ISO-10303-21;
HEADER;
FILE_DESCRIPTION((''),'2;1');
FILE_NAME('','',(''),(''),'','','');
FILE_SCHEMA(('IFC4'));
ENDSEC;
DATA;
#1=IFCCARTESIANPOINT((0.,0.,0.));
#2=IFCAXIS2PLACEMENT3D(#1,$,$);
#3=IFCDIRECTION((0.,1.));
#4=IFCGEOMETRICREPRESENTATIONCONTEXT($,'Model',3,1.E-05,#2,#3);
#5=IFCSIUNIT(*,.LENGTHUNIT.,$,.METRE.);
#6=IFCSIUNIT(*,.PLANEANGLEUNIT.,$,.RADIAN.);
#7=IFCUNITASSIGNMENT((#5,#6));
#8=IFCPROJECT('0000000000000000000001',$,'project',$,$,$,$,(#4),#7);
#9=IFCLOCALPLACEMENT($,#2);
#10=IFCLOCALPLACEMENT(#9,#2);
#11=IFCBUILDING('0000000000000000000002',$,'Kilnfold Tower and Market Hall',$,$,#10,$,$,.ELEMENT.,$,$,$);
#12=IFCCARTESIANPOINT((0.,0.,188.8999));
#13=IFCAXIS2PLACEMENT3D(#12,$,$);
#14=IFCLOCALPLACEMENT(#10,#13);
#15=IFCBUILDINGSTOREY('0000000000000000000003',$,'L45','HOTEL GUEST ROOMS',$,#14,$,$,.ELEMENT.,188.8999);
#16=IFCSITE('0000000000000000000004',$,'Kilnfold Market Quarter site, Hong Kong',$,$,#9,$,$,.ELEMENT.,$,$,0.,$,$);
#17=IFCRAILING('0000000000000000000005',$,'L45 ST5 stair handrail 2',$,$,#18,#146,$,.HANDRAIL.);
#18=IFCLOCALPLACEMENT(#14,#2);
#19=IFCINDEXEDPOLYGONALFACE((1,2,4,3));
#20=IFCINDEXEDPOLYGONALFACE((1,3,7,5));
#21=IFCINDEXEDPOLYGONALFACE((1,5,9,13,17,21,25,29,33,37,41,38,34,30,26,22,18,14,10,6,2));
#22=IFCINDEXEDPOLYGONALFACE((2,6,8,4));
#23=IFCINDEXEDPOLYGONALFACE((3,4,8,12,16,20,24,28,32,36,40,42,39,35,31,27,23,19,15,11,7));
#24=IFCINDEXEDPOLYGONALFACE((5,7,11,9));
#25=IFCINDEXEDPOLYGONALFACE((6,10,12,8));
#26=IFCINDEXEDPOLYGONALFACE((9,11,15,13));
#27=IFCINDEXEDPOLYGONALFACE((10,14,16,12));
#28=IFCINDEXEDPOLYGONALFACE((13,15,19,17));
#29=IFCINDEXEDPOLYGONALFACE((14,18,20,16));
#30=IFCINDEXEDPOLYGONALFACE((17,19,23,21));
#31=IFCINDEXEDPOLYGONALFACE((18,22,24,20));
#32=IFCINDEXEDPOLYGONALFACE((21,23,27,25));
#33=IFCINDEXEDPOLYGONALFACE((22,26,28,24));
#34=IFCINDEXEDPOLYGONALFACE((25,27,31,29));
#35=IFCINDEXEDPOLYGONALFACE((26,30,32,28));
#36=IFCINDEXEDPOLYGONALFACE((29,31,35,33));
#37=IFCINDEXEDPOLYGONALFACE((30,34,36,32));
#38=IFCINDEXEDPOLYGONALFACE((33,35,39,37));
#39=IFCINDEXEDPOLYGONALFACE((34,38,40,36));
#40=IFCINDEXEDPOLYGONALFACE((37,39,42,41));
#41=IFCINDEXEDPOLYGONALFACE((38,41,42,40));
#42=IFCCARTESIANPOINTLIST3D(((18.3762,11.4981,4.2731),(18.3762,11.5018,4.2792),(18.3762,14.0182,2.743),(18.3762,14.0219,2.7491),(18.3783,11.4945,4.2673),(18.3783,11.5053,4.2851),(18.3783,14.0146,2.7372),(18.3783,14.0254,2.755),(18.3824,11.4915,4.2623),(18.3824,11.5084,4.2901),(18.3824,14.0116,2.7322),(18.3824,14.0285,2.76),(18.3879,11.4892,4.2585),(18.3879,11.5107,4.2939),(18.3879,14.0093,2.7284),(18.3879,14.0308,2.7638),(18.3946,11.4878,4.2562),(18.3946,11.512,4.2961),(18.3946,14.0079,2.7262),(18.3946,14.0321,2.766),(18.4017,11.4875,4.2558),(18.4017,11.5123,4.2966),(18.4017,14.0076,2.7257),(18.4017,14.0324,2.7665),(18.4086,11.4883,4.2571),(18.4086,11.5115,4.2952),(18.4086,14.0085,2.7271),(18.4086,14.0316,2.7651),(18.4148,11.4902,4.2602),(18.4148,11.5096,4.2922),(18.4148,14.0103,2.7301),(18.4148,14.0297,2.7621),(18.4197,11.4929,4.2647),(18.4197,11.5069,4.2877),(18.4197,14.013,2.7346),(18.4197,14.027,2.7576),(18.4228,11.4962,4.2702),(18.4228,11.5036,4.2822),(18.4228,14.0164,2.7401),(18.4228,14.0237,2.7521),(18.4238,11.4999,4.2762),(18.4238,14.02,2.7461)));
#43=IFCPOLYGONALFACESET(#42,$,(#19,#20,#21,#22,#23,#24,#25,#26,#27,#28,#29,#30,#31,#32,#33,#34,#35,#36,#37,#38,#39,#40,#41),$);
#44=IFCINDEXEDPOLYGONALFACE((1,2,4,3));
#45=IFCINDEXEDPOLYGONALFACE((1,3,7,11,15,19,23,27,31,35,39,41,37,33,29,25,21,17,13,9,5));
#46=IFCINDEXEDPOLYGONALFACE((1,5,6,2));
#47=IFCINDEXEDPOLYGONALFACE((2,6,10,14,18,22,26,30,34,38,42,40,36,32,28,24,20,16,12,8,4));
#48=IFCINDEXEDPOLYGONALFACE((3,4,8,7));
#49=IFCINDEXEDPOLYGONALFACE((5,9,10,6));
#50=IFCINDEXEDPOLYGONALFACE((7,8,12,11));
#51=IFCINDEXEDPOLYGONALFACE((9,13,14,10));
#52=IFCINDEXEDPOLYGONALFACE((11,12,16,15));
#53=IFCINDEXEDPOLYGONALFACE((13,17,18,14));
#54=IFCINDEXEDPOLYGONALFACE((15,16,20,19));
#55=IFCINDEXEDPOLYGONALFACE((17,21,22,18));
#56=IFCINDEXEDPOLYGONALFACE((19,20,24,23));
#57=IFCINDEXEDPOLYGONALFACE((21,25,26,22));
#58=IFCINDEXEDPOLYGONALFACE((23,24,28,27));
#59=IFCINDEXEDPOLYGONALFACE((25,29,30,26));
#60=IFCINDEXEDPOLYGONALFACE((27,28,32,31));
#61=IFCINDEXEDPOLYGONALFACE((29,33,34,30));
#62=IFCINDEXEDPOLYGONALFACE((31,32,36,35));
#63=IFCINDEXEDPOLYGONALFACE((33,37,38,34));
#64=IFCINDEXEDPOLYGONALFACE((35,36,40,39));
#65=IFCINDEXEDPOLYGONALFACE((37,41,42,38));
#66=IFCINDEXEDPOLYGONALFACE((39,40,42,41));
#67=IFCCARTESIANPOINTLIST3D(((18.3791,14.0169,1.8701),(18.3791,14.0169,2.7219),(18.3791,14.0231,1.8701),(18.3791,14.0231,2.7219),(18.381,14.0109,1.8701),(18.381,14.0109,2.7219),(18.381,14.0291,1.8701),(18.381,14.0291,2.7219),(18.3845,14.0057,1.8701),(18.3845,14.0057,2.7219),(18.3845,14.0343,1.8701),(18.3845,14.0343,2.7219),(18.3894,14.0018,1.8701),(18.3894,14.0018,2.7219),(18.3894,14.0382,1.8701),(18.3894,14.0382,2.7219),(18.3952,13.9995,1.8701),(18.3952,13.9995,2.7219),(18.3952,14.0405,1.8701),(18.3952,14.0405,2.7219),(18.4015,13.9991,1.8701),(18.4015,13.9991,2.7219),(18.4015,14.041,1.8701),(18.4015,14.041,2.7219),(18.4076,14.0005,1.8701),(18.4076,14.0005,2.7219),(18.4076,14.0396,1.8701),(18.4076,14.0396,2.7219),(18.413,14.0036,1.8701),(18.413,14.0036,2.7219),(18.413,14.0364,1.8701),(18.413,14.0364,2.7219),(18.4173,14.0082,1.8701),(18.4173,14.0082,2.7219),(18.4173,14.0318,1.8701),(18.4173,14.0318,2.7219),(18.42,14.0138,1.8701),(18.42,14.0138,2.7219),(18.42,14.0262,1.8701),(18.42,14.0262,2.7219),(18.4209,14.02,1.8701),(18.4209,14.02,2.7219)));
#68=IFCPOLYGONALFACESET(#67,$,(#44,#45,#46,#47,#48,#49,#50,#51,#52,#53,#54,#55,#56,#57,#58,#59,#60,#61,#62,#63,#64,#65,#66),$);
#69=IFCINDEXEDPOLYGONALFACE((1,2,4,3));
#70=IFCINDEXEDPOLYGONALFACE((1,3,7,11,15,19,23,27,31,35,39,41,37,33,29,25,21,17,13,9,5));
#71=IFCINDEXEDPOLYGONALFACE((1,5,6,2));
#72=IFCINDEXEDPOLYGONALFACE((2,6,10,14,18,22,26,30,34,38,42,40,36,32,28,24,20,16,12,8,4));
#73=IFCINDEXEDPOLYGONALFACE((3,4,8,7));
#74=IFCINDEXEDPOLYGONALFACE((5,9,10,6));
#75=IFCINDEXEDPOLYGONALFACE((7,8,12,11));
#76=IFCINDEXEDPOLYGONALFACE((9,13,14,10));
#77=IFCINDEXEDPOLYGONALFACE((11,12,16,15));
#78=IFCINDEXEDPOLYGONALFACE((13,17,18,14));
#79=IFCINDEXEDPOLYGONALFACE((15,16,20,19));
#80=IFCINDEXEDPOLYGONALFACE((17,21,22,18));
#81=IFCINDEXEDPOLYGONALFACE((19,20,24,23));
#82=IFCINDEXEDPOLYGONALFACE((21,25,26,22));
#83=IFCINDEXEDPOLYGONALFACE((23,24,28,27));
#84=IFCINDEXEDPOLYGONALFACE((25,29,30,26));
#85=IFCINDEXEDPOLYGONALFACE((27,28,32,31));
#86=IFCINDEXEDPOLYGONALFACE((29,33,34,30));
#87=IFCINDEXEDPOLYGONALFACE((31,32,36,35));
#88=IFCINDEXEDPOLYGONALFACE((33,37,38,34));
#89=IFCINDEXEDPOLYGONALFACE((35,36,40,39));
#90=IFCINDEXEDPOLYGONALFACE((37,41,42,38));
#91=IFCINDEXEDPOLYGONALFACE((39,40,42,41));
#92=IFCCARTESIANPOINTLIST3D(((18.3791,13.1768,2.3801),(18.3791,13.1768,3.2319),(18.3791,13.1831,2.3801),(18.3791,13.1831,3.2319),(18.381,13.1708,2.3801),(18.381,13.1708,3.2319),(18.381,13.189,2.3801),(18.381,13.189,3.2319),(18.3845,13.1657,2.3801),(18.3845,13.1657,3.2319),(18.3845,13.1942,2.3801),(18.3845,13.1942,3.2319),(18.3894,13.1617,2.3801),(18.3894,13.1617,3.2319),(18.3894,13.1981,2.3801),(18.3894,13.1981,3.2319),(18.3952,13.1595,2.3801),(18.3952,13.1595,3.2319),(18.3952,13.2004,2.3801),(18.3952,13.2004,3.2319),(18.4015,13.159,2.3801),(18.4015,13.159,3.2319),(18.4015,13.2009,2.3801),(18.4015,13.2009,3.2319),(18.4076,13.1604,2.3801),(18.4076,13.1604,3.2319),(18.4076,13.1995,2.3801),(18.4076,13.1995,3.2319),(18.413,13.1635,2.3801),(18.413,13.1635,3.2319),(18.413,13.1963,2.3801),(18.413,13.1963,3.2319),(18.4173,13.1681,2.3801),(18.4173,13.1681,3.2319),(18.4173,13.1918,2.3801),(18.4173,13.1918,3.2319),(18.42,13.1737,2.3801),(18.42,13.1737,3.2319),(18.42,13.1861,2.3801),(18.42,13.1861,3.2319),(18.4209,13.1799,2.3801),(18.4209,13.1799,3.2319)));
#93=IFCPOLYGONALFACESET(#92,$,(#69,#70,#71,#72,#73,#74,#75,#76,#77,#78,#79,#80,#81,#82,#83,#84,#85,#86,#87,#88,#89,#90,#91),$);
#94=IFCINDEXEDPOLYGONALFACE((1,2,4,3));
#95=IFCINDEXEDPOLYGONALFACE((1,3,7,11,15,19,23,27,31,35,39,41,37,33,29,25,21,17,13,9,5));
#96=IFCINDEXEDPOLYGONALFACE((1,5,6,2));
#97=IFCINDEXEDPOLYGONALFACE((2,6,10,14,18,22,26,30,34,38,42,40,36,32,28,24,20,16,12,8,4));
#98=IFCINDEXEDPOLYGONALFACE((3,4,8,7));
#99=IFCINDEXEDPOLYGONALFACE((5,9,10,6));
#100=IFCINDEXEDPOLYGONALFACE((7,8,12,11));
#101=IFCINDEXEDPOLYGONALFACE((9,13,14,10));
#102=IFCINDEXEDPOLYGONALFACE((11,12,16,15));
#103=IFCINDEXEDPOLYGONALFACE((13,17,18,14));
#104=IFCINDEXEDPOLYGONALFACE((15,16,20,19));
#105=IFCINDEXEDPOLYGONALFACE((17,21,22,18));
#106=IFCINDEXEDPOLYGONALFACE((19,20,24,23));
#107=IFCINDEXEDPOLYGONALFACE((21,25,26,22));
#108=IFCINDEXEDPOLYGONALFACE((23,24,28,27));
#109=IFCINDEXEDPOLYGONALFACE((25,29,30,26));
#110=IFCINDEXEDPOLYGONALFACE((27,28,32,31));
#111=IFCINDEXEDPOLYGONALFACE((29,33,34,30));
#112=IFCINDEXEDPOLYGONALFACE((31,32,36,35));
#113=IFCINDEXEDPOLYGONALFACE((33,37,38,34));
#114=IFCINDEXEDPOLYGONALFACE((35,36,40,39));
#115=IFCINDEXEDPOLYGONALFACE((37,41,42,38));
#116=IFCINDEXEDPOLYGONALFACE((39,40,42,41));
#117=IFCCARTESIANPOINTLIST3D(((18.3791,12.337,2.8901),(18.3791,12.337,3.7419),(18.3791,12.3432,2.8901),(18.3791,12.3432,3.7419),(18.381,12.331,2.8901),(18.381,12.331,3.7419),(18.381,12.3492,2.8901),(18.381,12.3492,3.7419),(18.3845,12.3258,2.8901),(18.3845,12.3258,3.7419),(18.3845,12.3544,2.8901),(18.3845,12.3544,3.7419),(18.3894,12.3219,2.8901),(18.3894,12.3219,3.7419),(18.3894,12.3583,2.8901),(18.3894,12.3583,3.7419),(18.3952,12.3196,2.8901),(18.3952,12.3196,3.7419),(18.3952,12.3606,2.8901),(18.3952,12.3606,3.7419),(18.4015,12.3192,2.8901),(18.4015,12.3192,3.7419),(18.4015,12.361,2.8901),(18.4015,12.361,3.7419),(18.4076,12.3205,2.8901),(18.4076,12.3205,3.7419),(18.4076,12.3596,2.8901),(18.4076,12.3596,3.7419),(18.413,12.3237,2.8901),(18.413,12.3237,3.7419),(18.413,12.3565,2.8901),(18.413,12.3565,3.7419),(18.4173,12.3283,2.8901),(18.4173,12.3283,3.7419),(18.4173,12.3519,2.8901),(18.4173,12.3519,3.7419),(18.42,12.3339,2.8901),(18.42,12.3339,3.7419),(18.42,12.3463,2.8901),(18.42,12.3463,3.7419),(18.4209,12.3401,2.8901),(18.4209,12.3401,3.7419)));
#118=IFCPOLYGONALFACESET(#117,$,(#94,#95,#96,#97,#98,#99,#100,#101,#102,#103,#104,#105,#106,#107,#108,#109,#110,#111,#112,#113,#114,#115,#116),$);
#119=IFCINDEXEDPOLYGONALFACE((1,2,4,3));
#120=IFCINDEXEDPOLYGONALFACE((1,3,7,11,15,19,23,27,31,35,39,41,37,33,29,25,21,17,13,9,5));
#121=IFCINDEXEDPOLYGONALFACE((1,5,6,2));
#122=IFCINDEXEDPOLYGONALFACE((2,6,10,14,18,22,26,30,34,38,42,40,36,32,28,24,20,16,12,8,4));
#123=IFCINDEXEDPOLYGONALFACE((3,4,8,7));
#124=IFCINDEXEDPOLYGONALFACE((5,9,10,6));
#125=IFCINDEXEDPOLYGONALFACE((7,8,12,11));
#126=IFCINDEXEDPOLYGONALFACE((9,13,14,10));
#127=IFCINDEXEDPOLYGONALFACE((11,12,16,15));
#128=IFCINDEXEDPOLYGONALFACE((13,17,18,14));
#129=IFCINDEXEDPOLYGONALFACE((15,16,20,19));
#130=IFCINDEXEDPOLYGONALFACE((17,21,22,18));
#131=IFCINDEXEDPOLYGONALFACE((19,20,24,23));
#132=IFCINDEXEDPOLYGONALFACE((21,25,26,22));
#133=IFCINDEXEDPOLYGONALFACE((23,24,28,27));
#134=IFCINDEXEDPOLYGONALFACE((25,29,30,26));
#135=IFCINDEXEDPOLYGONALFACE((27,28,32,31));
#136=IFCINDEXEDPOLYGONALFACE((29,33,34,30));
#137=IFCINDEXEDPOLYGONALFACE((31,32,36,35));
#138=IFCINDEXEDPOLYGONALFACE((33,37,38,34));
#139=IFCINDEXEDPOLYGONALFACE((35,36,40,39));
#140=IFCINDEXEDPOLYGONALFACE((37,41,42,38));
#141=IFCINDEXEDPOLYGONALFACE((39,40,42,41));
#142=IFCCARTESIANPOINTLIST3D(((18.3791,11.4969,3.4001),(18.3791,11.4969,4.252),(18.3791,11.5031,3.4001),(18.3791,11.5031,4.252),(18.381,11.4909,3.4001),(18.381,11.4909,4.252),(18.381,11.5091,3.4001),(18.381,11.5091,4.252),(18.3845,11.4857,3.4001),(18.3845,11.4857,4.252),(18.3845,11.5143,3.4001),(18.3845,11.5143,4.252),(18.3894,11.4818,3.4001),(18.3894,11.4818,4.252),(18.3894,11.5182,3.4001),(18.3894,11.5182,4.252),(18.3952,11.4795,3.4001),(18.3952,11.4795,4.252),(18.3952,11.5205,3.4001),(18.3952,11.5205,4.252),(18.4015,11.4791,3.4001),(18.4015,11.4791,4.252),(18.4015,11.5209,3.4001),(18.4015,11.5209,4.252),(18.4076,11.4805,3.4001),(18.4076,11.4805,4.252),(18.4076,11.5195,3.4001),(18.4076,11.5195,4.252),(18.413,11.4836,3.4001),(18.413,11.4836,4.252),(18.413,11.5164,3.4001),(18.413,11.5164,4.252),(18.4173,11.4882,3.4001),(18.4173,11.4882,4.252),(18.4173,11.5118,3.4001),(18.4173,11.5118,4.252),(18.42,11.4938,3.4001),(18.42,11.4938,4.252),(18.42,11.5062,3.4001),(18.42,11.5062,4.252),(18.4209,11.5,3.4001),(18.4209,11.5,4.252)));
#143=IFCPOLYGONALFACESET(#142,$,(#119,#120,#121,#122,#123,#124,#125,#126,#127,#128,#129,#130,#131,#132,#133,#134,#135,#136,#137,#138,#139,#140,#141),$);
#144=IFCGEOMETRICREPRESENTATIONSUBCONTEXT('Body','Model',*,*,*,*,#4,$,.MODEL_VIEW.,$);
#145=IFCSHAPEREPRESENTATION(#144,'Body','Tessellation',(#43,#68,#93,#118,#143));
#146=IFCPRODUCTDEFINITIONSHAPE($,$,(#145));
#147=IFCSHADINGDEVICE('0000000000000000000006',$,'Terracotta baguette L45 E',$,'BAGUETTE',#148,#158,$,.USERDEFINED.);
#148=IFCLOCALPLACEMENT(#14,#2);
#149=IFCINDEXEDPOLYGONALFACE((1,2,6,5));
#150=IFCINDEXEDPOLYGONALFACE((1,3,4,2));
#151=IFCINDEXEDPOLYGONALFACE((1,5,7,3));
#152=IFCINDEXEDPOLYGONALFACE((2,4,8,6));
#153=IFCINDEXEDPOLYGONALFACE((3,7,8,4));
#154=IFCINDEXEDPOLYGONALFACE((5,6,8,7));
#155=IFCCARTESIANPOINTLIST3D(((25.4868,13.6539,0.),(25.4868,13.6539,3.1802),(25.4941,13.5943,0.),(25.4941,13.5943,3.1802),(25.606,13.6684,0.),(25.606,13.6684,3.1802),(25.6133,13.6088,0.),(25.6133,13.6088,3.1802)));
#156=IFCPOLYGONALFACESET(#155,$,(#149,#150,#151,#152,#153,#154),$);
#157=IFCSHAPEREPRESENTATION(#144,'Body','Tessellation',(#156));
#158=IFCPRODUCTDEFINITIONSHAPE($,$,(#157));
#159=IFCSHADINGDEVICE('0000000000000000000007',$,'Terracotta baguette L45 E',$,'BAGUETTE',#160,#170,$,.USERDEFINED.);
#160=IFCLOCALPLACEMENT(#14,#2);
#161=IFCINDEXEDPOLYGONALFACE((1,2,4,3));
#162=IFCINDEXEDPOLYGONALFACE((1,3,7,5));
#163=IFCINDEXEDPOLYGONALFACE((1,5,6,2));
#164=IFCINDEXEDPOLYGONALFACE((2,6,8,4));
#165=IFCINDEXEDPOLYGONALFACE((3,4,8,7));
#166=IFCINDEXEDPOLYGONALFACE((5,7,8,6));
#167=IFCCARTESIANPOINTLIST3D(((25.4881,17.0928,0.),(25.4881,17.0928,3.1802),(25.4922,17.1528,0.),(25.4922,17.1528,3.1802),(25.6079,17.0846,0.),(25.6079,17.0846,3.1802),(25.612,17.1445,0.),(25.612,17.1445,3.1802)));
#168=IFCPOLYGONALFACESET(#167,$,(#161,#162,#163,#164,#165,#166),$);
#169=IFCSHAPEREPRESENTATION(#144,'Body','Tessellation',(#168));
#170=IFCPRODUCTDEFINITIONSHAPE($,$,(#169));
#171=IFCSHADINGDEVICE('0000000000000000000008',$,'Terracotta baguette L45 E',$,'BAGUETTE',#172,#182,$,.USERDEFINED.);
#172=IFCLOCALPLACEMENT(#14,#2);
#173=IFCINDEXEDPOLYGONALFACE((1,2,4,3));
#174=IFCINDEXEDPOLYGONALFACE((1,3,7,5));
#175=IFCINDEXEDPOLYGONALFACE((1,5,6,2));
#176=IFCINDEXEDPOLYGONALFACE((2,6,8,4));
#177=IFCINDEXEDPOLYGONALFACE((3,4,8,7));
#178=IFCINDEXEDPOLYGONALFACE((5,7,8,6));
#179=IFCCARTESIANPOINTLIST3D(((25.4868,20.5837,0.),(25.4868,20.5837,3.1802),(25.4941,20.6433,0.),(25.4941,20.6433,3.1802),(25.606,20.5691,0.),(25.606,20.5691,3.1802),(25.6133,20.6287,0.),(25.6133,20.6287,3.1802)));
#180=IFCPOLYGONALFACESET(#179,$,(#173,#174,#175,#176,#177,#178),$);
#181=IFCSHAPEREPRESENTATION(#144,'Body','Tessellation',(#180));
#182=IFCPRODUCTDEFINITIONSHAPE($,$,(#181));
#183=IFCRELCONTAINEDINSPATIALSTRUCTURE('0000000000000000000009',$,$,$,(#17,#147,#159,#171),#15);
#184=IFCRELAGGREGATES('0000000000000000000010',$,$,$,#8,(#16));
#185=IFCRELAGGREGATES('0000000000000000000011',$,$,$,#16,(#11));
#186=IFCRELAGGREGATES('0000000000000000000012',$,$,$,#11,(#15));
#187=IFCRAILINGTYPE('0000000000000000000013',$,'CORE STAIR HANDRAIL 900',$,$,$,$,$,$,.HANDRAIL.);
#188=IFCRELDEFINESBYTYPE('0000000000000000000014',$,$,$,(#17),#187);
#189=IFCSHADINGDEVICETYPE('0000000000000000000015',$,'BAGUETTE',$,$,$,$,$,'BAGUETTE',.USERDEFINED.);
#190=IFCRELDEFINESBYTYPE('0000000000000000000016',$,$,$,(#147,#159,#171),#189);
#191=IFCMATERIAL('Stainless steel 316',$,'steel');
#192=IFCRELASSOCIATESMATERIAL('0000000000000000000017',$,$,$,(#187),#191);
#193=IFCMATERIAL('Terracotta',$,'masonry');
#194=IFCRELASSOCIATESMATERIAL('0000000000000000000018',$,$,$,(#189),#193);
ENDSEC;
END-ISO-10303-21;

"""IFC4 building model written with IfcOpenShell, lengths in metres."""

from ifc_helpers import new_model, si_unit, direction, frame, origin, origin_2d, place, context, subcontext, project, spatial, rectangle, circle, extrude, source, transform, mapped, material, material_profile, profile_set, type_object, element, save


model = new_model("IFC4")

# Units and contexts
model_context = context("Model", 3, precision=1e-05, world=origin(), true_north=direction((0.0, 1.0)))
body_context = subcontext(model_context, "Body", "Model", "MODEL_VIEW")
ifc_project = project(units=[si_unit("LENGTHUNIT", "METRE"), si_unit("PLANEANGLEUNIT", "RADIAN")], contexts=[model_context])

# Site, building, storey
site_placement = place(None, origin())
site = spatial("IfcSite", under=ifc_project, at=site_placement, Name="Kilnfold Market Quarter site, Hong Kong", CompositionType="ELEMENT", RefElevation=0.0)
building_placement = place(site_placement, origin())
building = spatial("IfcBuilding", under=site, at=building_placement, Name="Kilnfold Tower and Market Hall", CompositionType="ELEMENT")
storey_placement = place(building_placement, frame((0.0, 0.0, 188.8999)))
storey = spatial("IfcBuildingStorey", under=building, at=storey_placement, Name="L45", Description="HOTEL GUEST ROOMS", CompositionType="ELEMENT", Elevation=188.8999)

# Railing
ifc_material_1 = material(Name="Stainless steel 316", Category="steel")
railing_type = type_object("IfcRailingType", Name="CORE STAIR HANDRAIL 900", PredefinedType="HANDRAIL", material=ifc_material_1)
for number, where, name in (
    (1, (18.3999, 14.02, 1.8701), "L45 ST5 stair handrail 2"),
):
    element("IfcRailing", number, at=place(storey_placement, frame(where)), inside=storey, type_object=railing_type, Name=name, PredefinedType="HANDRAIL", context=body_context, shape_type="SweptSolid", body=[
        extrude(circle(Radius=0.0239, at=origin_2d()), frame((0.0, 0.0, 0.876), z_axis=(0.0, -0.854785, 0.518982), x_axis=(1.0, 0.0, 0.0)), (0.0, 0.0, 1.0), 2.9482),
        extrude(circle(Radius=0.021, at=origin_2d()), origin(), (0.0, 0.0, 1.0), 0.8518),
        extrude(circle(Radius=0.021, at=origin_2d()), frame((0.0, -0.8401, 0.51)), (0.0, 0.0, 1.0), 0.8518),
        extrude(circle(Radius=0.021, at=origin_2d()), frame((0.0, -1.6799, 1.02)), (0.0, 0.0, 1.0), 0.8518),
        extrude(circle(Radius=0.021, at=origin_2d()), frame((0.0, -2.52, 1.53)), (0.0, 0.0, 1.0), 0.8518),
    ])

# Shading devices
ifc_material_2 = material(Name="Terracotta", Category="masonry")
ifc_material_profile_1 = material_profile(ifc_material_2, rectangle(XDim=0.0601, YDim=0.1201, at=origin_2d()), Name="BAG 60x120")
ifc_profile_set_1 = profile_set([ifc_material_profile_1], Name="Terracotta")
shading_device_type = type_object("IfcShadingDeviceType", Name="BAGUETTE", ElementType="BAGUETTE", PredefinedType="USERDEFINED", material=ifc_profile_set_1)
shared_shape_1 = source(origin(), body_context, "Body", "SweptSolid", [
    extrude(rectangle(XDim=0.0601, YDim=0.1201, at=origin_2d()), origin(), (0.0, 0.0, 1.0), 3.1802),
])
for number, where, z_axis, x_axis, name in (
    (2, (25.55, 13.6313, 0.0), (0.0, 0.0, 1.0), (-0.120677, 0.992692, 0.0), "Terracotta baguette L45 E"),
    (3, (25.55, 17.1187, 0.0), (0.0, 0.0, 1.0), (0.068989, 0.997617, 0.0), "Terracotta baguette L45 E"),
    (4, (25.55, 20.6062, 0.0), (0.0, 0.0, 1.0), (0.121447, 0.992598, 0.0), "Terracotta baguette L45 E"),
):
    element("IfcShadingDevice", number, at=place(storey_placement, frame(where, z_axis=z_axis, x_axis=x_axis)), inside=storey, type_object=shading_device_type, Name=name, ObjectType="BAGUETTE", PredefinedType="USERDEFINED", context=body_context, shape_type="MappedRepresentation", body=[
        mapped(shared_shape_1, transform((0.0, 0.0, 0.0))),
    ])

save(model, "model.ifc")
